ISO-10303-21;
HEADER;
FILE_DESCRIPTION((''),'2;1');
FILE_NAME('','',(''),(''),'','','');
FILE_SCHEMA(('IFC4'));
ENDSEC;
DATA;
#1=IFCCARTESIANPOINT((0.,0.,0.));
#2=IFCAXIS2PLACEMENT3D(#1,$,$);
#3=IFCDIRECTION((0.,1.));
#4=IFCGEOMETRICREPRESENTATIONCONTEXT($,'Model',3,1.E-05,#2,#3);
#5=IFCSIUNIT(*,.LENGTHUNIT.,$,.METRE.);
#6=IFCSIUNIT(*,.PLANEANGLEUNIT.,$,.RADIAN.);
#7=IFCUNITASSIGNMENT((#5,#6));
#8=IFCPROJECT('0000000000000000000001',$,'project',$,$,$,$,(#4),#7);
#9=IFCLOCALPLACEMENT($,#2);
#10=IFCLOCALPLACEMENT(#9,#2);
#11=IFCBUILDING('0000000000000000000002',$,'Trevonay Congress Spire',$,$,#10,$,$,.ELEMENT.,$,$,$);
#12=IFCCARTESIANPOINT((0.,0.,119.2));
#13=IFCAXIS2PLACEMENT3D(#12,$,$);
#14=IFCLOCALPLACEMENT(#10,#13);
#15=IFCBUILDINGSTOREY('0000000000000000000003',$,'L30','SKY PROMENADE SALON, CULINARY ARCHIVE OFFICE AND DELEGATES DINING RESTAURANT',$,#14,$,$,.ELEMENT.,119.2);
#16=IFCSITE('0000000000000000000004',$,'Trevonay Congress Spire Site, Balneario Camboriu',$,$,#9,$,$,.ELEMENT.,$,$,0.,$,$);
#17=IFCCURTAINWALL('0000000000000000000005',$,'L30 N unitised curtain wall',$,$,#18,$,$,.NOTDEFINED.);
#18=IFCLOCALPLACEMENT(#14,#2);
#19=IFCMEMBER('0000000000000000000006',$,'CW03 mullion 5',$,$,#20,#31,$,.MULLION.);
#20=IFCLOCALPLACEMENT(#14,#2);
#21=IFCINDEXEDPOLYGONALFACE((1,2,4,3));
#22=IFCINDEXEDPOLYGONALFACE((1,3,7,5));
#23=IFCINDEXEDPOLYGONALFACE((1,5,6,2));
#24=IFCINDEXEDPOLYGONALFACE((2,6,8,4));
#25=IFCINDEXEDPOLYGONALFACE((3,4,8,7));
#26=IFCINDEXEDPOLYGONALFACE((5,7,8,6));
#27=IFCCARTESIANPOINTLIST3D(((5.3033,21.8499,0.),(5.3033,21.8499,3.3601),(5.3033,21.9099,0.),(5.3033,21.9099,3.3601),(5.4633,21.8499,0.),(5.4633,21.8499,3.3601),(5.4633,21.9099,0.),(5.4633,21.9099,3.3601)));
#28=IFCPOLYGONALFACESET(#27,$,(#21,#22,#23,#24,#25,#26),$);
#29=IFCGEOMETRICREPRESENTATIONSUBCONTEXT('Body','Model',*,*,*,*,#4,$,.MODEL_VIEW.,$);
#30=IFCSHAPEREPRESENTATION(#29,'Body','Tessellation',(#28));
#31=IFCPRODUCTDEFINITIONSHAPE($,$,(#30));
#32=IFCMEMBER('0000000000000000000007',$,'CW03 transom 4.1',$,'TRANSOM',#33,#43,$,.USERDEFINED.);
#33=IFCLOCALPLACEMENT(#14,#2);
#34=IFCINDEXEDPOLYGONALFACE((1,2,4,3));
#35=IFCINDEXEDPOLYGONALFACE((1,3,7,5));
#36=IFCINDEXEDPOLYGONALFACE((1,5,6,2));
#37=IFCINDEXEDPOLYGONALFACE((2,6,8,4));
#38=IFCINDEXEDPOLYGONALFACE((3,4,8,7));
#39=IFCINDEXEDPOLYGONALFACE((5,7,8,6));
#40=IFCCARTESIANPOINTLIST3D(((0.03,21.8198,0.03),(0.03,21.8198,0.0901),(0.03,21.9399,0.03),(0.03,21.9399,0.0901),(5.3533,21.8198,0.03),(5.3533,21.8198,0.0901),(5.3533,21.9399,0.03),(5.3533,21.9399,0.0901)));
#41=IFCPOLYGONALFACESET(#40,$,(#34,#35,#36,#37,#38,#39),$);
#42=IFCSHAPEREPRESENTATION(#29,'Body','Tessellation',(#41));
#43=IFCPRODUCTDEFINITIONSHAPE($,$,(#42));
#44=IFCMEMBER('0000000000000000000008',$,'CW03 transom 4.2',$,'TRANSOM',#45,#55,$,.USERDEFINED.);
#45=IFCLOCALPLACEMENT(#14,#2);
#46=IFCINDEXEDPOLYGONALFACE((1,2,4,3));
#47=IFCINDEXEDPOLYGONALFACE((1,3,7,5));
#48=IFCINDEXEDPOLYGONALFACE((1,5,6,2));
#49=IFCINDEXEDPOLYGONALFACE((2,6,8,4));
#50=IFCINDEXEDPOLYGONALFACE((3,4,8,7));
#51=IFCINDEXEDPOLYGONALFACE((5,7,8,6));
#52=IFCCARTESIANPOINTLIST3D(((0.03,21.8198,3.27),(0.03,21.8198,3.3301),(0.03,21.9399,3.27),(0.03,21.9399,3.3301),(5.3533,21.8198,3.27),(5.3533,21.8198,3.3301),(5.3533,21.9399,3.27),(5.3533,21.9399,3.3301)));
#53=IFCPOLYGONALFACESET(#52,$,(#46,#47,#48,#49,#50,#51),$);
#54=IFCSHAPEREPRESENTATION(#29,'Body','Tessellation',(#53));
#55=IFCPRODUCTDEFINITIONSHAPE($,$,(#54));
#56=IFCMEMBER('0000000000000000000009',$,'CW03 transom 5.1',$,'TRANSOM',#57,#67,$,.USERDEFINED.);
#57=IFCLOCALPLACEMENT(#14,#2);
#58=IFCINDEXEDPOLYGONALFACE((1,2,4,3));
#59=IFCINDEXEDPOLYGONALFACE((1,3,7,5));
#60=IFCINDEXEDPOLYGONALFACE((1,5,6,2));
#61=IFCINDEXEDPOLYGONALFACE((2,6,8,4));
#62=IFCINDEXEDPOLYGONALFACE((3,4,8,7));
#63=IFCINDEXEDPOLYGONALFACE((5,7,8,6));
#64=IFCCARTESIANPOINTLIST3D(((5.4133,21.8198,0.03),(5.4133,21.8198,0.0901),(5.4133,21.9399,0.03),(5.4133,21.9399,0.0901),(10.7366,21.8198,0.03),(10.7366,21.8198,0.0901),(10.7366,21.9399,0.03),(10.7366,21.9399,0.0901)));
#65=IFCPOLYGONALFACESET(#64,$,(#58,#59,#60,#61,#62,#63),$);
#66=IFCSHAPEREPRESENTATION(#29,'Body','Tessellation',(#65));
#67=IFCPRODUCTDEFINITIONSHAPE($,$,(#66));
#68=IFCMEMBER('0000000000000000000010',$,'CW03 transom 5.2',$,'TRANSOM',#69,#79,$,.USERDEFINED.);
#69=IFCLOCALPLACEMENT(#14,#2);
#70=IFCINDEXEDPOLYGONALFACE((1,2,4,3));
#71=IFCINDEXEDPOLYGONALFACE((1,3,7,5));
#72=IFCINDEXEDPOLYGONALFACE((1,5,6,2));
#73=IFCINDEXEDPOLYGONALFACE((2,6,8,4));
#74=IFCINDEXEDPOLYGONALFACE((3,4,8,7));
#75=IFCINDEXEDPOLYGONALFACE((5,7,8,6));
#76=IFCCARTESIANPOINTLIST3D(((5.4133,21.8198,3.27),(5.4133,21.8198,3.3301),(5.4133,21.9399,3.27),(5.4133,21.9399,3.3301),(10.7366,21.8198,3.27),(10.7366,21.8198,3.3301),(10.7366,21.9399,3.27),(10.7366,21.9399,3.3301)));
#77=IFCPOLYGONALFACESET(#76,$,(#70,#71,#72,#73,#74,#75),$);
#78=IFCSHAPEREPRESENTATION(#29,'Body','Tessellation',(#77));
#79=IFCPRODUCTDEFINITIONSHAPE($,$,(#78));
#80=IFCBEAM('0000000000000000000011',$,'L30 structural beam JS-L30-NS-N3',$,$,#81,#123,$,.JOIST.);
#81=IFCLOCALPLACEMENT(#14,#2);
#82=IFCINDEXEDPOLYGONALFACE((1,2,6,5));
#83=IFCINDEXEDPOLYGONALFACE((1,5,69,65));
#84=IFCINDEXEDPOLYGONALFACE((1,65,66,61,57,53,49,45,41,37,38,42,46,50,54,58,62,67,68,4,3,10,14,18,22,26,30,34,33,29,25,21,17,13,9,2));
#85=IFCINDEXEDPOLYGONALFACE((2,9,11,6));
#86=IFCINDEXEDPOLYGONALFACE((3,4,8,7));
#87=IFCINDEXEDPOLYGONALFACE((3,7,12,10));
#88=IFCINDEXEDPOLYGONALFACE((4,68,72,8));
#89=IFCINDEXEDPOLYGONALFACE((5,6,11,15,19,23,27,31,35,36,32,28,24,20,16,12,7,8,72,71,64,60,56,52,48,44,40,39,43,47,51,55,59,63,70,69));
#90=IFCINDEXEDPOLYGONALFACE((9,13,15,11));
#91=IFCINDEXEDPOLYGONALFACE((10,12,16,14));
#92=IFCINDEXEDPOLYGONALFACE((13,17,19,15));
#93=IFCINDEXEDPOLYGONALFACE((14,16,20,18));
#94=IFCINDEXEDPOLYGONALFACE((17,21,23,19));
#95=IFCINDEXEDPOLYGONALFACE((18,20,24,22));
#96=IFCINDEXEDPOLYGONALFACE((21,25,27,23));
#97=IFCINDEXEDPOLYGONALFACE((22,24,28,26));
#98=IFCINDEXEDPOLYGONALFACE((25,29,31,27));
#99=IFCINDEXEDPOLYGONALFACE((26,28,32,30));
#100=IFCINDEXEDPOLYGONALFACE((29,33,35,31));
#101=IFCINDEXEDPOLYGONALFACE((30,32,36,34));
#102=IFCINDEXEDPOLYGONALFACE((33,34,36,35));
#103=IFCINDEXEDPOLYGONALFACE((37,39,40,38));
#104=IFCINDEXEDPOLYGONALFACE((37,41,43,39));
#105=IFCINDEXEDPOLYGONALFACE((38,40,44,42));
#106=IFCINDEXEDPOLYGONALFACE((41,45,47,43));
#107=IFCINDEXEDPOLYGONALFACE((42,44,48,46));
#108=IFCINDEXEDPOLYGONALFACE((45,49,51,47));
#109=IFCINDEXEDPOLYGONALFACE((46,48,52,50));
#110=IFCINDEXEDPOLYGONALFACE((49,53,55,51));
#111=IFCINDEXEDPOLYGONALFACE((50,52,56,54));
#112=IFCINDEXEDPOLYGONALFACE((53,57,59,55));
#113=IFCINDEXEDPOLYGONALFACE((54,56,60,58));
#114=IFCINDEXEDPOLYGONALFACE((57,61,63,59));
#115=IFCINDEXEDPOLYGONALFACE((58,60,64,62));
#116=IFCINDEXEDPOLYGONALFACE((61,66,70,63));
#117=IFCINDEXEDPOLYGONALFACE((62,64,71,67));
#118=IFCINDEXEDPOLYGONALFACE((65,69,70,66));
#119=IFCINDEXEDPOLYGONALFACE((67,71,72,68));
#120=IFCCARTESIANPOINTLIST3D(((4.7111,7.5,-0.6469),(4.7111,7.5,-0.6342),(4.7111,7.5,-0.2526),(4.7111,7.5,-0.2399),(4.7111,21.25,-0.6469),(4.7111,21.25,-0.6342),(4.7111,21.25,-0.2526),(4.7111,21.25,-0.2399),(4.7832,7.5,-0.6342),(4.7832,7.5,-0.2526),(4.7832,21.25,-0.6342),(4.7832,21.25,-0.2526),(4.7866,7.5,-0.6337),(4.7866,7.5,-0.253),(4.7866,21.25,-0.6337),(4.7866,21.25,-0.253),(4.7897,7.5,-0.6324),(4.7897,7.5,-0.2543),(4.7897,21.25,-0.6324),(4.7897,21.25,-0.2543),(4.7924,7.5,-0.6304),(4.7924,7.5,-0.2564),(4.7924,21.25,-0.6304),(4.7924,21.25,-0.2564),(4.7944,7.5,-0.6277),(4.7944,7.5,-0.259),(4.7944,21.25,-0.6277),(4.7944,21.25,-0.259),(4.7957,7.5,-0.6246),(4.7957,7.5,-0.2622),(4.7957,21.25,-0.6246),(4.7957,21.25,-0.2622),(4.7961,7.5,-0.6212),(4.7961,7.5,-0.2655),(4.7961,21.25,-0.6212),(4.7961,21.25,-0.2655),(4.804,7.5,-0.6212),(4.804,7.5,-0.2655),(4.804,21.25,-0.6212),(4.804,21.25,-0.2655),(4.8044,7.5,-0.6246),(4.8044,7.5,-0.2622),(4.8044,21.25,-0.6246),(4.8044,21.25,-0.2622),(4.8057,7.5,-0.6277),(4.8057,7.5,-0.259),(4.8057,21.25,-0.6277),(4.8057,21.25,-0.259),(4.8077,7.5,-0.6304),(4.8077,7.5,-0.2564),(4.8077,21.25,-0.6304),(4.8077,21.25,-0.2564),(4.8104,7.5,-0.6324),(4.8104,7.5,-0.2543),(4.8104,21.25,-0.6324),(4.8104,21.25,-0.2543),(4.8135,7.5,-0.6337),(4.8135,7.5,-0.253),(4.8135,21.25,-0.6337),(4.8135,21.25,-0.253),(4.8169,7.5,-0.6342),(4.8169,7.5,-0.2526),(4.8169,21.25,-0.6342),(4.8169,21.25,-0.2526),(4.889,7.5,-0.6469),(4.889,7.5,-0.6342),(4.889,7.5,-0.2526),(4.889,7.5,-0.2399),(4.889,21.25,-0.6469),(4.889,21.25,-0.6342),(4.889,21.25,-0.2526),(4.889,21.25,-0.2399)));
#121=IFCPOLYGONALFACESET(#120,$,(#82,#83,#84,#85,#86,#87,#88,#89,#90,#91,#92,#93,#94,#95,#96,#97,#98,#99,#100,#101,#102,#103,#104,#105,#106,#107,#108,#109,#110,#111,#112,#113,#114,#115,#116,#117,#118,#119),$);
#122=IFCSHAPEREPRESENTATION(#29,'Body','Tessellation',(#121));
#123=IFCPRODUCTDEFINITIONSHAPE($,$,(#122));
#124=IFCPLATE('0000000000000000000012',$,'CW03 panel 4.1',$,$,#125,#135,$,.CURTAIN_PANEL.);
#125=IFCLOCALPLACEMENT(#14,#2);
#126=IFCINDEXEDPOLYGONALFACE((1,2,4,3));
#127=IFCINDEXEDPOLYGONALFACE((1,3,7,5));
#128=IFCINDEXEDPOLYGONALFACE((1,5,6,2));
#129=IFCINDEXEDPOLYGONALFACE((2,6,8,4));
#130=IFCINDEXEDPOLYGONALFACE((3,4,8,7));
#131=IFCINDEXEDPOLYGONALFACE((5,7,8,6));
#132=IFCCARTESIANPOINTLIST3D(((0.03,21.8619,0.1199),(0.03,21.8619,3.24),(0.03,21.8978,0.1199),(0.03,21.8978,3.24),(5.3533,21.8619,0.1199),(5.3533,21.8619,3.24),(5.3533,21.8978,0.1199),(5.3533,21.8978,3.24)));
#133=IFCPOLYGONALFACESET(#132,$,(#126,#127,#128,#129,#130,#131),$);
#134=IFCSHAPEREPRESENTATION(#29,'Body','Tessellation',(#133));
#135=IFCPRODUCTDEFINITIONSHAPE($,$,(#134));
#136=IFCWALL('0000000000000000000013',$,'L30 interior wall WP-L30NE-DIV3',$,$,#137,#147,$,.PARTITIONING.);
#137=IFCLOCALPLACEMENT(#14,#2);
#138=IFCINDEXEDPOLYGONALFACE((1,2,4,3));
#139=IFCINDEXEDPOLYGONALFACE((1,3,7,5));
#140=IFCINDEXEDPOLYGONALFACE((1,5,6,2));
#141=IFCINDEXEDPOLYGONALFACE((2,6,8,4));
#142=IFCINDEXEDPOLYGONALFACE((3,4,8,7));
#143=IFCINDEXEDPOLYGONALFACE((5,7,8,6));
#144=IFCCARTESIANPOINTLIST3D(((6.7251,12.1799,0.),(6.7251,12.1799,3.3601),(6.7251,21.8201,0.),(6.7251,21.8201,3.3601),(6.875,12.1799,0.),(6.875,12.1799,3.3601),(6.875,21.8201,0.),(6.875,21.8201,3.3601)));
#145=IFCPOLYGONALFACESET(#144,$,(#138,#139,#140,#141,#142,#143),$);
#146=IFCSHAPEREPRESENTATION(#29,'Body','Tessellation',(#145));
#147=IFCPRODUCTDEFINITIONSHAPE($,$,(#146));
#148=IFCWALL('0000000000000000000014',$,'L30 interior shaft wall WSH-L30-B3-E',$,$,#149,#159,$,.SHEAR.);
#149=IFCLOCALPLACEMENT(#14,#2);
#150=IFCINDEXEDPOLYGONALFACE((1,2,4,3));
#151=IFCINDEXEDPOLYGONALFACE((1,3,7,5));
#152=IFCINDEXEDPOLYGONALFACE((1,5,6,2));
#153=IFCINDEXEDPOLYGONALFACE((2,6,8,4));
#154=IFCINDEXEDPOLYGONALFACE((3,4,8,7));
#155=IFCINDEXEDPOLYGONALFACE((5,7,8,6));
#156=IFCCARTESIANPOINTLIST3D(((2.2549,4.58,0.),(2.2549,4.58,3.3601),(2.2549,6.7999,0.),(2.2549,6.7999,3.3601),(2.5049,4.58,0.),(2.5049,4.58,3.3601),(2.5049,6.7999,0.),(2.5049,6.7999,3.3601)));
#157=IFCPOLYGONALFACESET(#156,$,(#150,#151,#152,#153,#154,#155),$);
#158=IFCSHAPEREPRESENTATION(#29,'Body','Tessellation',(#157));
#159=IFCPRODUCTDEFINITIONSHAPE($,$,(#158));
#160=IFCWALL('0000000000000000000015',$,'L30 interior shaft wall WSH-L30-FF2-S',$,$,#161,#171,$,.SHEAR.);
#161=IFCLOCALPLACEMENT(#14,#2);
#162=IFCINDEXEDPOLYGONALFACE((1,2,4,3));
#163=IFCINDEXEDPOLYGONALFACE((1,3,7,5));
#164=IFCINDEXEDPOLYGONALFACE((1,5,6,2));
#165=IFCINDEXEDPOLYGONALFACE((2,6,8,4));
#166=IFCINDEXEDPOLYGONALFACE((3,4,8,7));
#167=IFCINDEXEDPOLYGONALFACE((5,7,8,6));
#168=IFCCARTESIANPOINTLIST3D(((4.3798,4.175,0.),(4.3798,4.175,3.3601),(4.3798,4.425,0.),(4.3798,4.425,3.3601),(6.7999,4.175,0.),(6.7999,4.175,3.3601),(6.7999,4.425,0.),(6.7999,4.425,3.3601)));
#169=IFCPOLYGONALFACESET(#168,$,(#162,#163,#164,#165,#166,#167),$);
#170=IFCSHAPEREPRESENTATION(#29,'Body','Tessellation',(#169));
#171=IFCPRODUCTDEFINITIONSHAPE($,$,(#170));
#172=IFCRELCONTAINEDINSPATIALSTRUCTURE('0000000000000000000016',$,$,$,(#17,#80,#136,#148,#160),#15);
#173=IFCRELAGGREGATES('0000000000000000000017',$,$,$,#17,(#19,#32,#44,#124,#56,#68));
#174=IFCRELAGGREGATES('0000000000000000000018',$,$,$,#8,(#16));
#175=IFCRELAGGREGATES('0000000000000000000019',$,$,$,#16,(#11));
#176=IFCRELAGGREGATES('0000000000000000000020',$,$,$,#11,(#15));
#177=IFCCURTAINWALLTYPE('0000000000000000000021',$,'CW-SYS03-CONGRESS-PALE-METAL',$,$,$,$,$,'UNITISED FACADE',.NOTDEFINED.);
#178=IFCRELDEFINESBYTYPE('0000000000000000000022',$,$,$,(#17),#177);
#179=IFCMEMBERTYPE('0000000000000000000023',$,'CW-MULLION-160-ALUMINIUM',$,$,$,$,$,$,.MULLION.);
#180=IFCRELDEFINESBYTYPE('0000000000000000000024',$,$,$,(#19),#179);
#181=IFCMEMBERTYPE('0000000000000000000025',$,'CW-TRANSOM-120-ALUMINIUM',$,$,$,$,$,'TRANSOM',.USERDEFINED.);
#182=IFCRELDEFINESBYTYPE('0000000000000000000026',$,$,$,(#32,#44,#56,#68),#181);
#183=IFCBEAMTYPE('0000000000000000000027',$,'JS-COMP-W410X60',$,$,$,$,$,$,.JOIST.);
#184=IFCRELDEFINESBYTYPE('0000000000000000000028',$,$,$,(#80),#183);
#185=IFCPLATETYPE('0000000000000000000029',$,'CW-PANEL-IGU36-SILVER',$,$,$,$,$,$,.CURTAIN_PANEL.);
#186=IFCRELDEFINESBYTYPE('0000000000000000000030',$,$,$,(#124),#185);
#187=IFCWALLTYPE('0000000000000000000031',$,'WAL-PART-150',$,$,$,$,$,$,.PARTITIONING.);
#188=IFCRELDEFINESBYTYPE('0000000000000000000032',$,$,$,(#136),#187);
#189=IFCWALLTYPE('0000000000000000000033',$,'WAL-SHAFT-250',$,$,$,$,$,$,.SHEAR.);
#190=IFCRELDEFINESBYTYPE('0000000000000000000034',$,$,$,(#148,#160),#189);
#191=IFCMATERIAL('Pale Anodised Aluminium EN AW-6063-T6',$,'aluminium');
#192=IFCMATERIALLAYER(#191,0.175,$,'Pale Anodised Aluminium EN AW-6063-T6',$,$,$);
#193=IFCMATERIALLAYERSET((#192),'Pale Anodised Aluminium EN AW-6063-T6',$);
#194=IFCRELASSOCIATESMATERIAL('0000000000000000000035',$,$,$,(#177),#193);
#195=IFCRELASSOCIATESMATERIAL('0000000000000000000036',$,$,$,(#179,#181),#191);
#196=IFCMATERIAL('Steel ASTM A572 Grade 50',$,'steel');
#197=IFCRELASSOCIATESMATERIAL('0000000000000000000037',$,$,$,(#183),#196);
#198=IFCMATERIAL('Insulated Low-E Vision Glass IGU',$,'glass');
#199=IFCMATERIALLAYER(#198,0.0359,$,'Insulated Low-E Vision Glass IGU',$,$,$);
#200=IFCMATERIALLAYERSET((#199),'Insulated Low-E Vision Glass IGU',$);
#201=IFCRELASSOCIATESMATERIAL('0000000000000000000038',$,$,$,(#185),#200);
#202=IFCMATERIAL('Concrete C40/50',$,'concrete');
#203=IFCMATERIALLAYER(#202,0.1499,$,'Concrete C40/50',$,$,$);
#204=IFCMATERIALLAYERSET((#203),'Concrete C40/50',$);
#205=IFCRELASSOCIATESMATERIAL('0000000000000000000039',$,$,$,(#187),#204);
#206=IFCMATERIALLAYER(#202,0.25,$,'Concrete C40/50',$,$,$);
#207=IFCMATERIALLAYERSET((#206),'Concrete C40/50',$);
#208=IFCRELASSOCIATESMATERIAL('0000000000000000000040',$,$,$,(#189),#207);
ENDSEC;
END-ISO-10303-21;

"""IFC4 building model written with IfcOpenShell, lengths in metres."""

from ifc_helpers import new_model, si_unit, direction, frame, frame_2d, origin, origin_2d, place, context, subcontext, project, spatial, rectangle, i_section, extrude, material, layer, layer_set, material_profile, profile_set, type_object, element, aggregate, save


model = new_model("IFC4")

# Units and contexts
model_context = context("Model", 3, precision=1e-05, world=origin(), true_north=direction((0.0, 1.0)))
body_context = subcontext(model_context, "Body", "Model", "MODEL_VIEW")
ifc_project = project(units=[si_unit("LENGTHUNIT", "METRE"), si_unit("PLANEANGLEUNIT", "RADIAN")], contexts=[model_context])

# Site, building, storey
site_placement = place(None, origin())
site = spatial("IfcSite", under=ifc_project, at=site_placement, Name="Trevonay Congress Spire Site, Balneario Camboriu", CompositionType="ELEMENT", RefElevation=0.0)
building_placement = place(site_placement, origin())
building = spatial("IfcBuilding", under=site, at=building_placement, Name="Trevonay Congress Spire", CompositionType="ELEMENT")
storey_placement = place(building_placement, frame((0.0, 0.0, 119.2)))
storey = spatial("IfcBuildingStorey", under=building, at=storey_placement, Name="L30", Description="SKY PROMENADE SALON, CULINARY ARCHIVE OFFICE AND DELEGATES DINING RESTAURANT", CompositionType="ELEMENT", Elevation=119.2)

# Shared definitions
ifc_material_1 = material(Name="Steel ASTM A572 Grade 50", Category="steel")

# Curtain wall, members
ifc_material_2 = material(Name="Pale Anodised Aluminium EN AW-6063-T6", Category="aluminium")
ifc_layer_1 = layer(ifc_material_2, 0.175, Name="Pale Anodised Aluminium EN AW-6063-T6")
ifc_layer_set_1 = layer_set([ifc_layer_1], Name="Pale Anodised Aluminium EN AW-6063-T6")
curtain_wall_type = type_object("IfcCurtainWallType", Name="CW-SYS03-CONGRESS-PALE-METAL", ElementType="UNITISED FACADE", PredefinedType="NOTDEFINED", material=ifc_layer_set_1)
curtain_wall_placement = place(storey_placement, origin())
curtain_wall = element("IfcCurtainWall", 1, at=curtain_wall_placement, inside=storey, type_object=curtain_wall_type, Name="L30 N unitised curtain wall", PredefinedType="NOTDEFINED")
ifc_material_profile_1 = material_profile(ifc_material_2, rectangle(XDim=0.0601, YDim=0.1599, at=origin_2d()), Name="CW-MULLION-160-ALUMINIUM")
ifc_profile_set_1 = profile_set([ifc_material_profile_1], Name="Pale Anodised Aluminium EN AW-6063-T6")
member_type_1 = type_object("IfcMemberType", Name="CW-MULLION-160-ALUMINIUM", PredefinedType="MULLION", material=ifc_profile_set_1)
member_1_placement = place(storey_placement, frame((5.3833, 21.8799, 0.0), z_axis=(0.0, 0.0, 1.0), x_axis=(0.0, 1.0, 0.0)))
member_1 = element("IfcMember", 2, at=member_1_placement, type_object=member_type_1, Name="CW03 mullion 5", PredefinedType="MULLION", context=body_context, shape_type="SweptSolid", body=[
    extrude(rectangle(XDim=0.0601, YDim=0.1599, at=origin_2d()), origin(), (0.0, 0.0, 1.0), 3.3601),
])
ifc_material_profile_2 = material_profile(ifc_material_2, rectangle(XDim=0.1201, YDim=0.0601, at=origin_2d()), Name="CW-TRANSOM-120-ALUMINIUM")
ifc_profile_set_2 = profile_set([ifc_material_profile_2], Name="Pale Anodised Aluminium EN AW-6063-T6")
member_type_2 = type_object("IfcMemberType", Name="CW-TRANSOM-120-ALUMINIUM", ElementType="TRANSOM", PredefinedType="USERDEFINED", material=ifc_profile_set_2)
member_2_placement = place(storey_placement, frame((0.03, 21.8799, 0.0601), z_axis=(1.0, 0.0, 0.0), x_axis=(0.0, 1.0, 0.0)))
member_2 = element("IfcMember", 3, at=member_2_placement, type_object=member_type_2, Name="CW03 transom 4.1", ObjectType="TRANSOM", PredefinedType="USERDEFINED", context=body_context, shape_type="SweptSolid", body=[
    extrude(rectangle(XDim=0.1201, YDim=0.0601, at=origin_2d()), origin(), (0.0, 0.0, 1.0), 5.3232),
])
member_3_placement = place(storey_placement, frame((0.03, 21.8799, 3.3), z_axis=(1.0, 0.0, 0.0), x_axis=(0.0, 1.0, 0.0)))
member_3 = element("IfcMember", 4, at=member_3_placement, type_object=member_type_2, Name="CW03 transom 4.2", ObjectType="TRANSOM", PredefinedType="USERDEFINED", context=body_context, shape_type="SweptSolid", body=[
    extrude(rectangle(XDim=0.1201, YDim=0.0601, at=origin_2d()), origin(), (0.0, 0.0, 1.0), 5.3232),
])
member_4_placement = place(storey_placement, frame((5.4133, 21.8799, 0.0601), z_axis=(1.0, 0.0, 0.0), x_axis=(0.0, 1.0, 0.0)))
member_4 = element("IfcMember", 5, at=member_4_placement, type_object=member_type_2, Name="CW03 transom 5.1", ObjectType="TRANSOM", PredefinedType="USERDEFINED", context=body_context, shape_type="SweptSolid", body=[
    extrude(rectangle(XDim=0.1201, YDim=0.0601, at=origin_2d()), origin(), (0.0, 0.0, 1.0), 5.3232),
])
member_5_placement = place(storey_placement, frame((5.4133, 21.8799, 3.3), z_axis=(1.0, 0.0, 0.0), x_axis=(0.0, 1.0, 0.0)))
member_5 = element("IfcMember", 6, at=member_5_placement, type_object=member_type_2, Name="CW03 transom 5.2", ObjectType="TRANSOM", PredefinedType="USERDEFINED", context=body_context, shape_type="SweptSolid", body=[
    extrude(rectangle(XDim=0.1201, YDim=0.0601, at=origin_2d()), origin(), (0.0, 0.0, 1.0), 5.3232),
])

# Beam
ifc_material_profile_3 = material_profile(ifc_material_1, i_section(OverallWidth=0.178, OverallDepth=0.407, WebThickness=0.0078, FlangeThickness=0.0127, FilletRadius=0.0129, at=origin_2d()), Name="W410x60")
ifc_profile_set_3 = profile_set([ifc_material_profile_3], Name="Steel ASTM A572 Grade 50")
beam_type_1 = type_object("IfcBeamType", Name="JS-COMP-W410X60", PredefinedType="JOIST", material=ifc_profile_set_3)
beam_1_placement = place(storey_placement, frame((4.8, 7.5, -0.4434), z_axis=(0.0, 1.0, 0.0), x_axis=(-1.0, 0.0, 0.0)))
element("IfcBeam", 7, at=beam_1_placement, inside=storey, type_object=beam_type_1, Name="L30 structural beam JS-L30-NS-N3", PredefinedType="JOIST", context=body_context, shape_type="SweptSolid", body=[
    extrude(i_section(OverallWidth=0.178, OverallDepth=0.407, WebThickness=0.0078, FlangeThickness=0.0127, FilletRadius=0.0129, at=origin_2d()), origin(), (0.0, 0.0, 1.0), 13.75),
])

# Plate
ifc_material_3 = material(Name="Insulated Low-E Vision Glass IGU", Category="glass")
ifc_layer_2 = layer(ifc_material_3, 0.0359, Name="Insulated Low-E Vision Glass IGU")
ifc_layer_set_2 = layer_set([ifc_layer_2], Name="Insulated Low-E Vision Glass IGU")
plate_type = type_object("IfcPlateType", Name="CW-PANEL-IGU36-SILVER", PredefinedType="CURTAIN_PANEL", material=ifc_layer_set_2)
plate_placement = place(storey_placement, frame((2.6917, 21.8799, 0.1199), z_axis=(0.0, 0.0, 1.0), x_axis=(1.0, 0.0, 0.0)))
plate = element("IfcPlate", 8, at=plate_placement, type_object=plate_type, Name="CW03 panel 4.1", PredefinedType="CURTAIN_PANEL", context=body_context, shape_type="SweptSolid", body=[
    extrude(rectangle(XDim=5.3232, YDim=0.0359, at=origin_2d()), origin(), (0.0, 0.0, 1.0), 3.1201),
])
aggregate(curtain_wall, [member_1, member_2, member_3, plate, member_4, member_5])

# Walls
ifc_material_4 = material(Name="Concrete C40/50", Category="concrete")
ifc_layer_3 = layer(ifc_material_4, 0.1499, Name="Concrete C40/50")
ifc_layer_set_3 = layer_set([ifc_layer_3], Name="Concrete C40/50")
wall_type_1 = type_object("IfcWallType", Name="WAL-PART-150", PredefinedType="PARTITIONING", material=ifc_layer_set_3)
wall_1_placement = place(storey_placement, frame((6.8, 12.1799, 0.0), z_axis=(0.0, 0.0, 1.0), x_axis=(0.0, 1.0, 0.0)))
element("IfcWall", 9, at=wall_1_placement, inside=storey, type_object=wall_type_1, Name="L30 interior wall WP-L30NE-DIV3", PredefinedType="PARTITIONING", context=body_context, shape_type="SweptSolid", body=[
    extrude(rectangle(XDim=9.6401, YDim=0.1499, at=frame_2d((4.8201, 0.0))), origin(), (0.0, 0.0, 1.0), 3.3601),
])
ifc_layer_4 = layer(ifc_material_4, 0.25, Name="Concrete C40/50")
ifc_layer_set_4 = layer_set([ifc_layer_4], Name="Concrete C40/50")
wall_type_2 = type_object("IfcWallType", Name="WAL-SHAFT-250", PredefinedType="SHEAR", material=ifc_layer_set_4)
wall_2_placement = place(storey_placement, frame((2.3799, 4.5801, 0.0), z_axis=(0.0, 0.0, 1.0), x_axis=(0.0, 1.0, 0.0)))
element("IfcWall", 10, at=wall_2_placement, inside=storey, type_object=wall_type_2, Name="L30 interior shaft wall WSH-L30-B3-E", PredefinedType="SHEAR", context=body_context, shape_type="SweptSolid", body=[
    extrude(rectangle(XDim=2.22, YDim=0.25, at=frame_2d((1.1099, 0.0))), origin(), (0.0, 0.0, 1.0), 3.3601),
])
wall_3_placement = place(storey_placement, frame((4.3799, 4.3, 0.0), z_axis=(0.0, 0.0, 1.0), x_axis=(1.0, 0.0, 0.0)))
element("IfcWall", 11, at=wall_3_placement, inside=storey, type_object=wall_type_2, Name="L30 interior shaft wall WSH-L30-FF2-S", PredefinedType="SHEAR", context=body_context, shape_type="SweptSolid", body=[
    extrude(rectangle(XDim=2.4202, YDim=0.25, at=frame_2d((1.21, 0.0))), origin(), (0.0, 0.0, 1.0), 3.3601),
])

save(model, "model.ifc")
